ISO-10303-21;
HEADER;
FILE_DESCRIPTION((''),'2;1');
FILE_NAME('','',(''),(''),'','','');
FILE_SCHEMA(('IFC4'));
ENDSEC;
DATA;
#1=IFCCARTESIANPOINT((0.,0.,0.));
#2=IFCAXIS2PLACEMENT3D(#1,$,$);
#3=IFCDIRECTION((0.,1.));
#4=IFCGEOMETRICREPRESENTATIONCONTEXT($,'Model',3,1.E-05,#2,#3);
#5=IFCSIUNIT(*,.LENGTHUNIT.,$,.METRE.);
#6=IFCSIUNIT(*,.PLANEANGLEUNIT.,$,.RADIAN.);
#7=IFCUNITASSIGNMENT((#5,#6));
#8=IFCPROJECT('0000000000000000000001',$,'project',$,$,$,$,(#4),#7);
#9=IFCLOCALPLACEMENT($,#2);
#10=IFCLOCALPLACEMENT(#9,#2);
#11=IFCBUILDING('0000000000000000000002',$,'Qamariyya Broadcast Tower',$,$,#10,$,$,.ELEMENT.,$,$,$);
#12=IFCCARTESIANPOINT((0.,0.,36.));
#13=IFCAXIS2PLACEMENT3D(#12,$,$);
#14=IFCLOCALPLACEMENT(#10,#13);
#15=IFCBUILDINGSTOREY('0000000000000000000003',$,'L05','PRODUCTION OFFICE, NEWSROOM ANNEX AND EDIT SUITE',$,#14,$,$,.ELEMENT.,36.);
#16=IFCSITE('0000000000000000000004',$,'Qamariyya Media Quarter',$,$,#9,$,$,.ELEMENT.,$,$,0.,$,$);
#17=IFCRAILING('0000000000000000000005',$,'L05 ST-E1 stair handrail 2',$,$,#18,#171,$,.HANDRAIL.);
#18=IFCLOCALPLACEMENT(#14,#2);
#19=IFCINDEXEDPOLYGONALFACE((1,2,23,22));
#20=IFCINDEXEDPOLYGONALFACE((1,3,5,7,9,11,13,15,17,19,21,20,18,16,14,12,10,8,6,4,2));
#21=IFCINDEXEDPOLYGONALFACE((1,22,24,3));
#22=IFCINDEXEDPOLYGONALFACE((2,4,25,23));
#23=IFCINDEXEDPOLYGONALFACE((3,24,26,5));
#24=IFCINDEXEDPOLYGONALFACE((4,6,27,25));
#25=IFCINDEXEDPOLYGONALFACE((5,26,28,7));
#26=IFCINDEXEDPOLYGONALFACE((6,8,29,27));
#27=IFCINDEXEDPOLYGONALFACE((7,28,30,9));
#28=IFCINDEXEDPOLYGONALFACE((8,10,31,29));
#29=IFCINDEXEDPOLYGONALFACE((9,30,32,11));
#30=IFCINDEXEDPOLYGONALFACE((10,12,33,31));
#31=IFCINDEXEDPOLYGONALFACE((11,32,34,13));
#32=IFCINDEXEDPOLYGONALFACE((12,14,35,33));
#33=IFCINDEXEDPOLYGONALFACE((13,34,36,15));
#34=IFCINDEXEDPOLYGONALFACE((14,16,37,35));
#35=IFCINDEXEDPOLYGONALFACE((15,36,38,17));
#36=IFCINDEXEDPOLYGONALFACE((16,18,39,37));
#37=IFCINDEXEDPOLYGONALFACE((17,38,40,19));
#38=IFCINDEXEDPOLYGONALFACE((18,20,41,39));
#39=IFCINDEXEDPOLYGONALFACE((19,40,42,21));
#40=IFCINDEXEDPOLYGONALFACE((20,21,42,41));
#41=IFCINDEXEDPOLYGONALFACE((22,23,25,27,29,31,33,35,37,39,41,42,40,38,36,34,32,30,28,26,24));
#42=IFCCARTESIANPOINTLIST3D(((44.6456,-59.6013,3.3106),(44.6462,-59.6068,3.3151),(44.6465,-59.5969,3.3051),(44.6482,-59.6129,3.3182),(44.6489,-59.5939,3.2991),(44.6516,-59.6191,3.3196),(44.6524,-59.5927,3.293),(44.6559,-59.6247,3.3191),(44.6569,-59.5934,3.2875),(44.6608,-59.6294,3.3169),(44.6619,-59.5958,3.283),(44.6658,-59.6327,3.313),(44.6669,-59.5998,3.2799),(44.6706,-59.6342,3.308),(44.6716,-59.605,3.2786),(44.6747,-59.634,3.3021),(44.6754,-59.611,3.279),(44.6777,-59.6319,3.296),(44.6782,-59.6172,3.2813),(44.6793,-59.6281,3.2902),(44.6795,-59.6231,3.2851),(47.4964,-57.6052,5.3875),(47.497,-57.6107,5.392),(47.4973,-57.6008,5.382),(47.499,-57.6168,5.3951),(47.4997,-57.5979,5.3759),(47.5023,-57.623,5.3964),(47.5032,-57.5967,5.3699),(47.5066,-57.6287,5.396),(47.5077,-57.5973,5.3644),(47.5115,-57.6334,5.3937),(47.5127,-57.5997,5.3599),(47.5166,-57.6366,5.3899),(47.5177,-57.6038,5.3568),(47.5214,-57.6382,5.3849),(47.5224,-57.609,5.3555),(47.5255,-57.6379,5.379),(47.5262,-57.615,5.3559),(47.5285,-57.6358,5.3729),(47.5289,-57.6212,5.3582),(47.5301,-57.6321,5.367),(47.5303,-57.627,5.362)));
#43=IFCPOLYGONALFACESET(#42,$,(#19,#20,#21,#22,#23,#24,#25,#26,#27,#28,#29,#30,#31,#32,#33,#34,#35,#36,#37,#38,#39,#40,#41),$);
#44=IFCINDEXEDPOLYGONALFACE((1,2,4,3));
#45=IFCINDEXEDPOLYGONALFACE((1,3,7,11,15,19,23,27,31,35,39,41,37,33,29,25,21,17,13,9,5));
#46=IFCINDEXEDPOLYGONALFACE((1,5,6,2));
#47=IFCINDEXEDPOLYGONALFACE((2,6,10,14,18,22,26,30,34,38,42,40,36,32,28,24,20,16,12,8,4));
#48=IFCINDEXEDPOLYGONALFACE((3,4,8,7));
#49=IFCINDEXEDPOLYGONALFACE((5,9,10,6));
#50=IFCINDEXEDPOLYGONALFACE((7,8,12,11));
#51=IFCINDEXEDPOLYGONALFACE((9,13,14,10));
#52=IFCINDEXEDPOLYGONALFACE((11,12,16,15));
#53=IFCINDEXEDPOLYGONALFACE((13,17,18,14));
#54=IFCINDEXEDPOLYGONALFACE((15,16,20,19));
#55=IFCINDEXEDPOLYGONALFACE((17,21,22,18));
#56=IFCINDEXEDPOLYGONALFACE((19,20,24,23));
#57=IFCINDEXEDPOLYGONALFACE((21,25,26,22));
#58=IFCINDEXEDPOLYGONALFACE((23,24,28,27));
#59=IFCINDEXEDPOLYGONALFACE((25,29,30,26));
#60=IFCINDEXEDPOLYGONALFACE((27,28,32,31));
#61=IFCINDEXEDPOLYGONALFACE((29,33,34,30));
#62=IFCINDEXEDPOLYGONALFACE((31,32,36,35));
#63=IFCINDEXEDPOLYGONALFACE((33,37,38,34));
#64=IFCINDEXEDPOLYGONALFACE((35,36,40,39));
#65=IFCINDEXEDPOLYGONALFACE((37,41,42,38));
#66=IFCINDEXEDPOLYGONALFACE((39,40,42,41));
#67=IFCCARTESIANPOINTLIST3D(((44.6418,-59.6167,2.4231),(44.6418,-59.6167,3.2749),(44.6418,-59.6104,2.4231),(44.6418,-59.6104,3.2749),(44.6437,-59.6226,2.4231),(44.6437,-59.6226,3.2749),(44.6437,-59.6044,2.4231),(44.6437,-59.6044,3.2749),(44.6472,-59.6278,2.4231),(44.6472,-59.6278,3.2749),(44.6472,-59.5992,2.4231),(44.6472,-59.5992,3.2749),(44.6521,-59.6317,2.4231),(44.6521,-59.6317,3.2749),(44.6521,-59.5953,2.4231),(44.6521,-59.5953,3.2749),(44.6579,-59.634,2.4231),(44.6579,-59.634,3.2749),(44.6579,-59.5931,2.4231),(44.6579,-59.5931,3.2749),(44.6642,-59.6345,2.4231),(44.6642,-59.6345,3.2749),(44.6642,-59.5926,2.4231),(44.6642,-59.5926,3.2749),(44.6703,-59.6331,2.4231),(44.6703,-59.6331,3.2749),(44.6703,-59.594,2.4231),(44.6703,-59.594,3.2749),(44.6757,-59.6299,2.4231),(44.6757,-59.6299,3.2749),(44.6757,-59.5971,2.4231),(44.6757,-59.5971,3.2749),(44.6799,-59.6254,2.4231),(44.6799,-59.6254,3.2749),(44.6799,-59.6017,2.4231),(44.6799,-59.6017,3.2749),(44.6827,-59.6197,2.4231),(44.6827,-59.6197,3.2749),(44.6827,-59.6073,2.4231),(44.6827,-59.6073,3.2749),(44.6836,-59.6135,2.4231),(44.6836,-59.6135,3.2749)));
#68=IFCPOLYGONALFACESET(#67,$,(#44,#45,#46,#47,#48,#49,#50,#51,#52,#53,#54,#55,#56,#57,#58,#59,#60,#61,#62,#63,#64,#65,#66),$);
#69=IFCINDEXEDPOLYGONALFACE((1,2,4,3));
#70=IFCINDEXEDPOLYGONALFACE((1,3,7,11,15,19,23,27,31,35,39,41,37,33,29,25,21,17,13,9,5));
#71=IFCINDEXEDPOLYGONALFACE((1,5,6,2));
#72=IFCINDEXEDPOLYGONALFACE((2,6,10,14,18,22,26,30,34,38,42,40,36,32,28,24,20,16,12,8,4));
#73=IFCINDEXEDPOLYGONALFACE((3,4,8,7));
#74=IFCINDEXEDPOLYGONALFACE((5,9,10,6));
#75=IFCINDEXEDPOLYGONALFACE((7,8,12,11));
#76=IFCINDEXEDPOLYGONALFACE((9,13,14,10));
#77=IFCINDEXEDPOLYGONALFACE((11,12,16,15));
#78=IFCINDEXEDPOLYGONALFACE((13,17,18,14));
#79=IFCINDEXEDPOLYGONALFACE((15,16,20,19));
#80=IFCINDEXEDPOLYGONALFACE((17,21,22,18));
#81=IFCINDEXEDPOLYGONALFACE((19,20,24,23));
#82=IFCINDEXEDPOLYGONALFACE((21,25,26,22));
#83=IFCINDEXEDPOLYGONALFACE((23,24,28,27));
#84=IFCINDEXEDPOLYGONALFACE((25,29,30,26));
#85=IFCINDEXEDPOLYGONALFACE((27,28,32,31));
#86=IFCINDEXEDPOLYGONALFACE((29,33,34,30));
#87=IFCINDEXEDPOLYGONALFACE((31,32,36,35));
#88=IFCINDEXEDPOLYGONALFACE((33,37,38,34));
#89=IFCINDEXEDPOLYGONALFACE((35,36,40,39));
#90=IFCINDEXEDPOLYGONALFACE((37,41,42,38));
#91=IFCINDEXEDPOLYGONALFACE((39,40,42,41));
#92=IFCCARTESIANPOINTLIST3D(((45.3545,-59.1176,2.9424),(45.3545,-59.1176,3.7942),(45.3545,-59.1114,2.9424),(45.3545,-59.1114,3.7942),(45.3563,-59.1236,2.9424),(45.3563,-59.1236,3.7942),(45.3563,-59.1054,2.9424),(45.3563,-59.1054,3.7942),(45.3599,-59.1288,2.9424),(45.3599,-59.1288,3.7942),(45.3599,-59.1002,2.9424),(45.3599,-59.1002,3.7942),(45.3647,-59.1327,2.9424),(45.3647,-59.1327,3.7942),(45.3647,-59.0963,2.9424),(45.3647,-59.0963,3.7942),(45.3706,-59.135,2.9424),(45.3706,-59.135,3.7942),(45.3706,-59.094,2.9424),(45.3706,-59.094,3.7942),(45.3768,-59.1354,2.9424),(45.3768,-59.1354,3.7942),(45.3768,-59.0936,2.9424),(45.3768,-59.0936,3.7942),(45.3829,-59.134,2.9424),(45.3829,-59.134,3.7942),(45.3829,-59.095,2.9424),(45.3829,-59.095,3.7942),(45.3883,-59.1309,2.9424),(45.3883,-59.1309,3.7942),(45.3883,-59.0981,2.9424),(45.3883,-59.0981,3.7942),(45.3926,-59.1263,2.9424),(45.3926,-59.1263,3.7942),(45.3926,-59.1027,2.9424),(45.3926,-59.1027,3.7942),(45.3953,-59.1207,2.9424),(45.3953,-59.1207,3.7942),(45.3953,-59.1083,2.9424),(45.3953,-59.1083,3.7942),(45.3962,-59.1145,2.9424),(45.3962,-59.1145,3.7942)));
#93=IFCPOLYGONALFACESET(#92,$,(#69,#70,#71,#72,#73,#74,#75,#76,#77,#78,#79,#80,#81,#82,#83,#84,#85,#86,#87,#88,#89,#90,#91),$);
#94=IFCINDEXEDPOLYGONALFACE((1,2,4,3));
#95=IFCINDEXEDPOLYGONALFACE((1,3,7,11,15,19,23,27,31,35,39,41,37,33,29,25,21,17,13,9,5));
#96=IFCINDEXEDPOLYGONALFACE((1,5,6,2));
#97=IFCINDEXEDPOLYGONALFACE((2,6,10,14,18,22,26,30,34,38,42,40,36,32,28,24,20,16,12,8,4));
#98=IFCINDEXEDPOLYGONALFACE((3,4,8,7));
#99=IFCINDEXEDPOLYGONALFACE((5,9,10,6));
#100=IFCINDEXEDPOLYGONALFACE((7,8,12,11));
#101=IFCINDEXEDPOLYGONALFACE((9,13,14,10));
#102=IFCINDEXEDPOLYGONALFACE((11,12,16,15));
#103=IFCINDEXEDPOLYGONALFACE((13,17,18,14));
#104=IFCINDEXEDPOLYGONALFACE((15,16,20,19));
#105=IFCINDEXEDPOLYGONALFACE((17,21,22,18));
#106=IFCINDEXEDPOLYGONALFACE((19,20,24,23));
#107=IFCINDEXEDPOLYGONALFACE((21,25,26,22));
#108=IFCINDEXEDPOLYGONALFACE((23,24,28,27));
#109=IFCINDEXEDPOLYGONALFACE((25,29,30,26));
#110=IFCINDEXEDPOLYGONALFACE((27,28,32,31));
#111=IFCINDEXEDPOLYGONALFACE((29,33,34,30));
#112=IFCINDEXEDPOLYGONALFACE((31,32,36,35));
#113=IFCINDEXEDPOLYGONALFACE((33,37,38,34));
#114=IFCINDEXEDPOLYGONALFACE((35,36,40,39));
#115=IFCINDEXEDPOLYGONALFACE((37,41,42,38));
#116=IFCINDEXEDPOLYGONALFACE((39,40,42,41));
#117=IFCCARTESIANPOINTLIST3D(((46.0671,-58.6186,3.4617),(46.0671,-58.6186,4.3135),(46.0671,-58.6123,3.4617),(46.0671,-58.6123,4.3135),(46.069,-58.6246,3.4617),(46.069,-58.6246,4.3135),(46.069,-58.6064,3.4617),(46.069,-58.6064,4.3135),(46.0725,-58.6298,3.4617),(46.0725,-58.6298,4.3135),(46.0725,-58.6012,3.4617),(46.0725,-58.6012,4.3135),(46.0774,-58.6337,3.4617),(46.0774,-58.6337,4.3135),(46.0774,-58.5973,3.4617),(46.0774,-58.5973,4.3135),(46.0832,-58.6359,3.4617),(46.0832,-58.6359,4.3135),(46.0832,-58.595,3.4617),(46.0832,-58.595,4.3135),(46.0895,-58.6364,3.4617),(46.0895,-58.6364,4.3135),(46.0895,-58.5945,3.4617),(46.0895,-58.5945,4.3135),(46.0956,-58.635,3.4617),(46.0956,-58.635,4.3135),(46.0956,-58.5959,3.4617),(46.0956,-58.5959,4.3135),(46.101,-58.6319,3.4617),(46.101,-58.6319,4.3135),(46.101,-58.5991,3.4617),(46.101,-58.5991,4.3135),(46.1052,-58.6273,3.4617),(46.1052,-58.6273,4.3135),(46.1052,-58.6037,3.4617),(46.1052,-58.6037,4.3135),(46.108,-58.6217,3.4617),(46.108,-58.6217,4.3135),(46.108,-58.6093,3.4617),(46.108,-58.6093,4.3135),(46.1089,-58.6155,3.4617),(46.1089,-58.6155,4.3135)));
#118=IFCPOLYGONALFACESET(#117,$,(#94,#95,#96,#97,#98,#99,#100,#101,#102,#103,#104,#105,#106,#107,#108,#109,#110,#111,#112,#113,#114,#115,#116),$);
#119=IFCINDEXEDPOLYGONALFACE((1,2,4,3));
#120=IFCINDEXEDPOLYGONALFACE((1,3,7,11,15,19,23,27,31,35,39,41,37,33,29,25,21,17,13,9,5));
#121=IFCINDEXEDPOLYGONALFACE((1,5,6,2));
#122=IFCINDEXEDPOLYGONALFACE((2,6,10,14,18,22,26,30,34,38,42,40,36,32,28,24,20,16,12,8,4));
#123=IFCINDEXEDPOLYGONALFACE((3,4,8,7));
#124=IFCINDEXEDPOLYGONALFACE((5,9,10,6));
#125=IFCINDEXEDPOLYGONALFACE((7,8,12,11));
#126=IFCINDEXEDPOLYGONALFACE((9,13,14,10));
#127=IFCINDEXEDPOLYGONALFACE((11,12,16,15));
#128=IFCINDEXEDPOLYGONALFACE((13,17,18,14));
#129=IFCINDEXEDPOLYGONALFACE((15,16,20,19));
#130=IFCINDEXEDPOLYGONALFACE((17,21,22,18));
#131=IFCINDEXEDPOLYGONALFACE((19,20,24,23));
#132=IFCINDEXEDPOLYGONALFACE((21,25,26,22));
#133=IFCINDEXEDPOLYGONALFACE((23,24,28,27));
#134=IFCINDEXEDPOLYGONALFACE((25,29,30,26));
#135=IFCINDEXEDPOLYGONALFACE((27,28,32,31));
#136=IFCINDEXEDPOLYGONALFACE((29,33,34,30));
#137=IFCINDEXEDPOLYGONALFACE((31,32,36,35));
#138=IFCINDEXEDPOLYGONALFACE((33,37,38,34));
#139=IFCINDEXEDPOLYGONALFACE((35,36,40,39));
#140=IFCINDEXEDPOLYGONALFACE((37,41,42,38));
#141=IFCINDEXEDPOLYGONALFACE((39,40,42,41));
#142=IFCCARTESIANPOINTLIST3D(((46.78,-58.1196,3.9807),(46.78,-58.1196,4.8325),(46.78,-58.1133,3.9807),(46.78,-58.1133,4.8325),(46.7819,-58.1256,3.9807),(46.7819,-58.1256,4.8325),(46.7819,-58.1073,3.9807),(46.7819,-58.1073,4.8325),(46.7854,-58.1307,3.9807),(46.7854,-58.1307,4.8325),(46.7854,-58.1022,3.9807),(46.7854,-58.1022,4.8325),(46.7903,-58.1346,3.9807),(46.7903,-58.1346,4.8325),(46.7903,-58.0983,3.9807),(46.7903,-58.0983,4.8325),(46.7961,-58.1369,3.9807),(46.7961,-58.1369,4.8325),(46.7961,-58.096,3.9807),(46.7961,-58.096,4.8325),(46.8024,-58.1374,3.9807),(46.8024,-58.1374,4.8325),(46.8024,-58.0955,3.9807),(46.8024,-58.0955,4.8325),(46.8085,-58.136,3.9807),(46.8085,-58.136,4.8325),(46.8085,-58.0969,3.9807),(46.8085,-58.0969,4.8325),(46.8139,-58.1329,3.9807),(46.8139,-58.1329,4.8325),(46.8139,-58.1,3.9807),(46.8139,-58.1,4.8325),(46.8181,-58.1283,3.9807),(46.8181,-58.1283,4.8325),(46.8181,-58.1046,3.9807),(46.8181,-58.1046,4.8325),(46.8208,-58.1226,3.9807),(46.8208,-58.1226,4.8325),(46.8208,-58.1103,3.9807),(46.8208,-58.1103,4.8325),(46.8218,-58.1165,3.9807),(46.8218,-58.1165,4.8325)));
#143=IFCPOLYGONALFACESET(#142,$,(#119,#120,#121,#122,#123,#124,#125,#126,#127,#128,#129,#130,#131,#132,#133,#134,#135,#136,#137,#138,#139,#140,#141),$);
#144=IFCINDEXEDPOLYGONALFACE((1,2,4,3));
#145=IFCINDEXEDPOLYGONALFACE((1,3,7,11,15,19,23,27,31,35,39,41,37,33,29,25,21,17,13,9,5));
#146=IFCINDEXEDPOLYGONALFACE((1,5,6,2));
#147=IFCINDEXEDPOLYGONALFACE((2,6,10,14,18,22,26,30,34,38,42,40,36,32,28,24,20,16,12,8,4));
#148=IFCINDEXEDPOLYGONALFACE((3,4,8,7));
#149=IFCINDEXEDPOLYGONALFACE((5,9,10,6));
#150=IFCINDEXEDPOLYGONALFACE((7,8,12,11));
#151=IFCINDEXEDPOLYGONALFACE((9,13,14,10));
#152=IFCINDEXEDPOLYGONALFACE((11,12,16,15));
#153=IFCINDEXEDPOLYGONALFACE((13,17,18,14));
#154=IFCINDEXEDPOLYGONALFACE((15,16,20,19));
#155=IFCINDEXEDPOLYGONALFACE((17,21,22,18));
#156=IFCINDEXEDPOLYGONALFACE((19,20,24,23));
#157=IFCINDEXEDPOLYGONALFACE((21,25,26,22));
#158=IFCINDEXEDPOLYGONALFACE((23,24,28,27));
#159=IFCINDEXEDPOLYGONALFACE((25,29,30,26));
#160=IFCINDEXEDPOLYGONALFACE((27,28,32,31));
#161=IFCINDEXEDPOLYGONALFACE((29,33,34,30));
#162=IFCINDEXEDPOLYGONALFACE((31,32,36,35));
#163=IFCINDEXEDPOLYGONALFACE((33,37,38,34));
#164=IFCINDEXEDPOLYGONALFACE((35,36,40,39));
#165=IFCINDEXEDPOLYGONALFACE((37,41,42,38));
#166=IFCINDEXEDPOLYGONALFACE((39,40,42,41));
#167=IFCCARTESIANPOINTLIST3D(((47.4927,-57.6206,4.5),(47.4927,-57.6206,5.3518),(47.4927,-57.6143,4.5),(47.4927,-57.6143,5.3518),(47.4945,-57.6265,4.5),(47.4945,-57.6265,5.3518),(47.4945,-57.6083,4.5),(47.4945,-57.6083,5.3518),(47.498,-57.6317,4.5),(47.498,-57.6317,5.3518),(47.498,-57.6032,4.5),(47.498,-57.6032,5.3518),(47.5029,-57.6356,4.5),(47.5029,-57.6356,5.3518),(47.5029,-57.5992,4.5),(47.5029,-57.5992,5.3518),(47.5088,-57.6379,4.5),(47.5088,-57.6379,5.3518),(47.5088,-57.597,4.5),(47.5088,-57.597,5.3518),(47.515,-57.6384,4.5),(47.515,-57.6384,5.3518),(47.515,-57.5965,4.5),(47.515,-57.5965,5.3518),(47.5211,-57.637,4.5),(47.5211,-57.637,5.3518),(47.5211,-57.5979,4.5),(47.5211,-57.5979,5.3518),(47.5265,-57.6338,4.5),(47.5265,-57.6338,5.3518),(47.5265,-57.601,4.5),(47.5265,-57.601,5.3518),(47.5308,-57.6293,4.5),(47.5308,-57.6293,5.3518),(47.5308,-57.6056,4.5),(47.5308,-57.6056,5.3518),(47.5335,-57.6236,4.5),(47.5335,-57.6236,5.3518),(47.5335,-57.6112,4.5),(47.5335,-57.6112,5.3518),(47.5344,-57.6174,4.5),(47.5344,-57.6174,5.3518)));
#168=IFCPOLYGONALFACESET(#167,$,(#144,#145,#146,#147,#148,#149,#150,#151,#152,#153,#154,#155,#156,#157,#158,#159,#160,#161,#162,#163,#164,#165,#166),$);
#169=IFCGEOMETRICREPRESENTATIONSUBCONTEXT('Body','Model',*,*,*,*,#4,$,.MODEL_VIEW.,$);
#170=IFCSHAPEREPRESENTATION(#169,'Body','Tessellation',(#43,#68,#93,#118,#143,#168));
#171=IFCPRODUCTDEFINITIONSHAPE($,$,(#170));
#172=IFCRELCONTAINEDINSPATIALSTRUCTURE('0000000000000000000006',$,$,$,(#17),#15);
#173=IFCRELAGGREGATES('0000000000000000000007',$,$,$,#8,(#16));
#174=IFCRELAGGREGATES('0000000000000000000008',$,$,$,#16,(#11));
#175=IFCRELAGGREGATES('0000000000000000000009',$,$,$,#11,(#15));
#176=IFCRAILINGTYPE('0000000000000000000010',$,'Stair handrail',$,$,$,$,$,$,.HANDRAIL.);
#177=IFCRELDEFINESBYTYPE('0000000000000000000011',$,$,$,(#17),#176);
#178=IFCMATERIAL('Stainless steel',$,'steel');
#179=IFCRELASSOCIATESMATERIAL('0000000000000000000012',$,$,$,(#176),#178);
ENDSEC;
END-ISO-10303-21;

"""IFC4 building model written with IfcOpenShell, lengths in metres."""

from ifc_helpers import new_model, si_unit, direction, frame, origin, origin_2d, place, context, subcontext, project, spatial, circle, extrude, material, type_object, element, save


model = new_model("IFC4")

# Units and contexts
model_context = context("Model", 3, precision=1e-05, world=origin(), true_north=direction((0.0, 1.0)))
body_context = subcontext(model_context, "Body", "Model", "MODEL_VIEW")
ifc_project = project(units=[si_unit("LENGTHUNIT", "METRE"), si_unit("PLANEANGLEUNIT", "RADIAN")], contexts=[model_context])

# Site, building, storey
site_placement = place(None, origin())
site = spatial("IfcSite", under=ifc_project, at=site_placement, Name="Qamariyya Media Quarter", CompositionType="ELEMENT", RefElevation=0.0)
building_placement = place(site_placement, origin())
building = spatial("IfcBuilding", under=site, at=building_placement, Name="Qamariyya Broadcast Tower", CompositionType="ELEMENT")
storey_placement = place(building_placement, frame((0.0, 0.0, 36.0)))
storey = spatial("IfcBuildingStorey", under=building, at=storey_placement, Name="L05", Description="PRODUCTION OFFICE, NEWSROOM ANNEX AND EDIT SUITE", CompositionType="ELEMENT", Elevation=36.0)

# Railing
ifc_material_1 = material(Name="Stainless steel", Category="steel")
railing_type_1 = type_object("IfcRailingType", Name="Stair handrail", PredefinedType="HANDRAIL", material=ifc_material_1)
railing_1_placement = place(storey_placement, frame((44.6626, -59.6135, 2.4231)))
element("IfcRailing", 1, at=railing_1_placement, inside=storey, type_object=railing_type_1, Name="L05 ST-E1 stair handrail 2", PredefinedType="HANDRAIL", context=body_context, shape_type="SweptSolid", body=[
    extrude(circle(Radius=0.0239, at=origin_2d()), frame((0.0, 0.0, 0.876), z_axis=(0.703423, 0.492523, 0.512462), x_axis=(-0.573561, 0.819163, 0.0)), (0.0, 0.0, 1.0), 4.0527),
    extrude(circle(Radius=0.021, at=origin_2d()), origin(), (0.0, 0.0, 1.0), 0.8518),
    extrude(circle(Radius=0.021, at=origin_2d()), frame((0.7126, 0.499, 0.5193)), (0.0, 0.0, 1.0), 0.8518),
    extrude(circle(Radius=0.021, at=origin_2d()), frame((1.4253, 0.998, 1.0386)), (0.0, 0.0, 1.0), 0.8518),
    extrude(circle(Radius=0.021, at=origin_2d()), frame((2.1382, 1.4971, 1.5576)), (0.0, 0.0, 1.0), 0.8518),
    extrude(circle(Radius=0.021, at=origin_2d()), frame((2.8508, 1.9961, 2.0769)), (0.0, 0.0, 1.0), 0.8518),
])

save(model, "model.ifc")
